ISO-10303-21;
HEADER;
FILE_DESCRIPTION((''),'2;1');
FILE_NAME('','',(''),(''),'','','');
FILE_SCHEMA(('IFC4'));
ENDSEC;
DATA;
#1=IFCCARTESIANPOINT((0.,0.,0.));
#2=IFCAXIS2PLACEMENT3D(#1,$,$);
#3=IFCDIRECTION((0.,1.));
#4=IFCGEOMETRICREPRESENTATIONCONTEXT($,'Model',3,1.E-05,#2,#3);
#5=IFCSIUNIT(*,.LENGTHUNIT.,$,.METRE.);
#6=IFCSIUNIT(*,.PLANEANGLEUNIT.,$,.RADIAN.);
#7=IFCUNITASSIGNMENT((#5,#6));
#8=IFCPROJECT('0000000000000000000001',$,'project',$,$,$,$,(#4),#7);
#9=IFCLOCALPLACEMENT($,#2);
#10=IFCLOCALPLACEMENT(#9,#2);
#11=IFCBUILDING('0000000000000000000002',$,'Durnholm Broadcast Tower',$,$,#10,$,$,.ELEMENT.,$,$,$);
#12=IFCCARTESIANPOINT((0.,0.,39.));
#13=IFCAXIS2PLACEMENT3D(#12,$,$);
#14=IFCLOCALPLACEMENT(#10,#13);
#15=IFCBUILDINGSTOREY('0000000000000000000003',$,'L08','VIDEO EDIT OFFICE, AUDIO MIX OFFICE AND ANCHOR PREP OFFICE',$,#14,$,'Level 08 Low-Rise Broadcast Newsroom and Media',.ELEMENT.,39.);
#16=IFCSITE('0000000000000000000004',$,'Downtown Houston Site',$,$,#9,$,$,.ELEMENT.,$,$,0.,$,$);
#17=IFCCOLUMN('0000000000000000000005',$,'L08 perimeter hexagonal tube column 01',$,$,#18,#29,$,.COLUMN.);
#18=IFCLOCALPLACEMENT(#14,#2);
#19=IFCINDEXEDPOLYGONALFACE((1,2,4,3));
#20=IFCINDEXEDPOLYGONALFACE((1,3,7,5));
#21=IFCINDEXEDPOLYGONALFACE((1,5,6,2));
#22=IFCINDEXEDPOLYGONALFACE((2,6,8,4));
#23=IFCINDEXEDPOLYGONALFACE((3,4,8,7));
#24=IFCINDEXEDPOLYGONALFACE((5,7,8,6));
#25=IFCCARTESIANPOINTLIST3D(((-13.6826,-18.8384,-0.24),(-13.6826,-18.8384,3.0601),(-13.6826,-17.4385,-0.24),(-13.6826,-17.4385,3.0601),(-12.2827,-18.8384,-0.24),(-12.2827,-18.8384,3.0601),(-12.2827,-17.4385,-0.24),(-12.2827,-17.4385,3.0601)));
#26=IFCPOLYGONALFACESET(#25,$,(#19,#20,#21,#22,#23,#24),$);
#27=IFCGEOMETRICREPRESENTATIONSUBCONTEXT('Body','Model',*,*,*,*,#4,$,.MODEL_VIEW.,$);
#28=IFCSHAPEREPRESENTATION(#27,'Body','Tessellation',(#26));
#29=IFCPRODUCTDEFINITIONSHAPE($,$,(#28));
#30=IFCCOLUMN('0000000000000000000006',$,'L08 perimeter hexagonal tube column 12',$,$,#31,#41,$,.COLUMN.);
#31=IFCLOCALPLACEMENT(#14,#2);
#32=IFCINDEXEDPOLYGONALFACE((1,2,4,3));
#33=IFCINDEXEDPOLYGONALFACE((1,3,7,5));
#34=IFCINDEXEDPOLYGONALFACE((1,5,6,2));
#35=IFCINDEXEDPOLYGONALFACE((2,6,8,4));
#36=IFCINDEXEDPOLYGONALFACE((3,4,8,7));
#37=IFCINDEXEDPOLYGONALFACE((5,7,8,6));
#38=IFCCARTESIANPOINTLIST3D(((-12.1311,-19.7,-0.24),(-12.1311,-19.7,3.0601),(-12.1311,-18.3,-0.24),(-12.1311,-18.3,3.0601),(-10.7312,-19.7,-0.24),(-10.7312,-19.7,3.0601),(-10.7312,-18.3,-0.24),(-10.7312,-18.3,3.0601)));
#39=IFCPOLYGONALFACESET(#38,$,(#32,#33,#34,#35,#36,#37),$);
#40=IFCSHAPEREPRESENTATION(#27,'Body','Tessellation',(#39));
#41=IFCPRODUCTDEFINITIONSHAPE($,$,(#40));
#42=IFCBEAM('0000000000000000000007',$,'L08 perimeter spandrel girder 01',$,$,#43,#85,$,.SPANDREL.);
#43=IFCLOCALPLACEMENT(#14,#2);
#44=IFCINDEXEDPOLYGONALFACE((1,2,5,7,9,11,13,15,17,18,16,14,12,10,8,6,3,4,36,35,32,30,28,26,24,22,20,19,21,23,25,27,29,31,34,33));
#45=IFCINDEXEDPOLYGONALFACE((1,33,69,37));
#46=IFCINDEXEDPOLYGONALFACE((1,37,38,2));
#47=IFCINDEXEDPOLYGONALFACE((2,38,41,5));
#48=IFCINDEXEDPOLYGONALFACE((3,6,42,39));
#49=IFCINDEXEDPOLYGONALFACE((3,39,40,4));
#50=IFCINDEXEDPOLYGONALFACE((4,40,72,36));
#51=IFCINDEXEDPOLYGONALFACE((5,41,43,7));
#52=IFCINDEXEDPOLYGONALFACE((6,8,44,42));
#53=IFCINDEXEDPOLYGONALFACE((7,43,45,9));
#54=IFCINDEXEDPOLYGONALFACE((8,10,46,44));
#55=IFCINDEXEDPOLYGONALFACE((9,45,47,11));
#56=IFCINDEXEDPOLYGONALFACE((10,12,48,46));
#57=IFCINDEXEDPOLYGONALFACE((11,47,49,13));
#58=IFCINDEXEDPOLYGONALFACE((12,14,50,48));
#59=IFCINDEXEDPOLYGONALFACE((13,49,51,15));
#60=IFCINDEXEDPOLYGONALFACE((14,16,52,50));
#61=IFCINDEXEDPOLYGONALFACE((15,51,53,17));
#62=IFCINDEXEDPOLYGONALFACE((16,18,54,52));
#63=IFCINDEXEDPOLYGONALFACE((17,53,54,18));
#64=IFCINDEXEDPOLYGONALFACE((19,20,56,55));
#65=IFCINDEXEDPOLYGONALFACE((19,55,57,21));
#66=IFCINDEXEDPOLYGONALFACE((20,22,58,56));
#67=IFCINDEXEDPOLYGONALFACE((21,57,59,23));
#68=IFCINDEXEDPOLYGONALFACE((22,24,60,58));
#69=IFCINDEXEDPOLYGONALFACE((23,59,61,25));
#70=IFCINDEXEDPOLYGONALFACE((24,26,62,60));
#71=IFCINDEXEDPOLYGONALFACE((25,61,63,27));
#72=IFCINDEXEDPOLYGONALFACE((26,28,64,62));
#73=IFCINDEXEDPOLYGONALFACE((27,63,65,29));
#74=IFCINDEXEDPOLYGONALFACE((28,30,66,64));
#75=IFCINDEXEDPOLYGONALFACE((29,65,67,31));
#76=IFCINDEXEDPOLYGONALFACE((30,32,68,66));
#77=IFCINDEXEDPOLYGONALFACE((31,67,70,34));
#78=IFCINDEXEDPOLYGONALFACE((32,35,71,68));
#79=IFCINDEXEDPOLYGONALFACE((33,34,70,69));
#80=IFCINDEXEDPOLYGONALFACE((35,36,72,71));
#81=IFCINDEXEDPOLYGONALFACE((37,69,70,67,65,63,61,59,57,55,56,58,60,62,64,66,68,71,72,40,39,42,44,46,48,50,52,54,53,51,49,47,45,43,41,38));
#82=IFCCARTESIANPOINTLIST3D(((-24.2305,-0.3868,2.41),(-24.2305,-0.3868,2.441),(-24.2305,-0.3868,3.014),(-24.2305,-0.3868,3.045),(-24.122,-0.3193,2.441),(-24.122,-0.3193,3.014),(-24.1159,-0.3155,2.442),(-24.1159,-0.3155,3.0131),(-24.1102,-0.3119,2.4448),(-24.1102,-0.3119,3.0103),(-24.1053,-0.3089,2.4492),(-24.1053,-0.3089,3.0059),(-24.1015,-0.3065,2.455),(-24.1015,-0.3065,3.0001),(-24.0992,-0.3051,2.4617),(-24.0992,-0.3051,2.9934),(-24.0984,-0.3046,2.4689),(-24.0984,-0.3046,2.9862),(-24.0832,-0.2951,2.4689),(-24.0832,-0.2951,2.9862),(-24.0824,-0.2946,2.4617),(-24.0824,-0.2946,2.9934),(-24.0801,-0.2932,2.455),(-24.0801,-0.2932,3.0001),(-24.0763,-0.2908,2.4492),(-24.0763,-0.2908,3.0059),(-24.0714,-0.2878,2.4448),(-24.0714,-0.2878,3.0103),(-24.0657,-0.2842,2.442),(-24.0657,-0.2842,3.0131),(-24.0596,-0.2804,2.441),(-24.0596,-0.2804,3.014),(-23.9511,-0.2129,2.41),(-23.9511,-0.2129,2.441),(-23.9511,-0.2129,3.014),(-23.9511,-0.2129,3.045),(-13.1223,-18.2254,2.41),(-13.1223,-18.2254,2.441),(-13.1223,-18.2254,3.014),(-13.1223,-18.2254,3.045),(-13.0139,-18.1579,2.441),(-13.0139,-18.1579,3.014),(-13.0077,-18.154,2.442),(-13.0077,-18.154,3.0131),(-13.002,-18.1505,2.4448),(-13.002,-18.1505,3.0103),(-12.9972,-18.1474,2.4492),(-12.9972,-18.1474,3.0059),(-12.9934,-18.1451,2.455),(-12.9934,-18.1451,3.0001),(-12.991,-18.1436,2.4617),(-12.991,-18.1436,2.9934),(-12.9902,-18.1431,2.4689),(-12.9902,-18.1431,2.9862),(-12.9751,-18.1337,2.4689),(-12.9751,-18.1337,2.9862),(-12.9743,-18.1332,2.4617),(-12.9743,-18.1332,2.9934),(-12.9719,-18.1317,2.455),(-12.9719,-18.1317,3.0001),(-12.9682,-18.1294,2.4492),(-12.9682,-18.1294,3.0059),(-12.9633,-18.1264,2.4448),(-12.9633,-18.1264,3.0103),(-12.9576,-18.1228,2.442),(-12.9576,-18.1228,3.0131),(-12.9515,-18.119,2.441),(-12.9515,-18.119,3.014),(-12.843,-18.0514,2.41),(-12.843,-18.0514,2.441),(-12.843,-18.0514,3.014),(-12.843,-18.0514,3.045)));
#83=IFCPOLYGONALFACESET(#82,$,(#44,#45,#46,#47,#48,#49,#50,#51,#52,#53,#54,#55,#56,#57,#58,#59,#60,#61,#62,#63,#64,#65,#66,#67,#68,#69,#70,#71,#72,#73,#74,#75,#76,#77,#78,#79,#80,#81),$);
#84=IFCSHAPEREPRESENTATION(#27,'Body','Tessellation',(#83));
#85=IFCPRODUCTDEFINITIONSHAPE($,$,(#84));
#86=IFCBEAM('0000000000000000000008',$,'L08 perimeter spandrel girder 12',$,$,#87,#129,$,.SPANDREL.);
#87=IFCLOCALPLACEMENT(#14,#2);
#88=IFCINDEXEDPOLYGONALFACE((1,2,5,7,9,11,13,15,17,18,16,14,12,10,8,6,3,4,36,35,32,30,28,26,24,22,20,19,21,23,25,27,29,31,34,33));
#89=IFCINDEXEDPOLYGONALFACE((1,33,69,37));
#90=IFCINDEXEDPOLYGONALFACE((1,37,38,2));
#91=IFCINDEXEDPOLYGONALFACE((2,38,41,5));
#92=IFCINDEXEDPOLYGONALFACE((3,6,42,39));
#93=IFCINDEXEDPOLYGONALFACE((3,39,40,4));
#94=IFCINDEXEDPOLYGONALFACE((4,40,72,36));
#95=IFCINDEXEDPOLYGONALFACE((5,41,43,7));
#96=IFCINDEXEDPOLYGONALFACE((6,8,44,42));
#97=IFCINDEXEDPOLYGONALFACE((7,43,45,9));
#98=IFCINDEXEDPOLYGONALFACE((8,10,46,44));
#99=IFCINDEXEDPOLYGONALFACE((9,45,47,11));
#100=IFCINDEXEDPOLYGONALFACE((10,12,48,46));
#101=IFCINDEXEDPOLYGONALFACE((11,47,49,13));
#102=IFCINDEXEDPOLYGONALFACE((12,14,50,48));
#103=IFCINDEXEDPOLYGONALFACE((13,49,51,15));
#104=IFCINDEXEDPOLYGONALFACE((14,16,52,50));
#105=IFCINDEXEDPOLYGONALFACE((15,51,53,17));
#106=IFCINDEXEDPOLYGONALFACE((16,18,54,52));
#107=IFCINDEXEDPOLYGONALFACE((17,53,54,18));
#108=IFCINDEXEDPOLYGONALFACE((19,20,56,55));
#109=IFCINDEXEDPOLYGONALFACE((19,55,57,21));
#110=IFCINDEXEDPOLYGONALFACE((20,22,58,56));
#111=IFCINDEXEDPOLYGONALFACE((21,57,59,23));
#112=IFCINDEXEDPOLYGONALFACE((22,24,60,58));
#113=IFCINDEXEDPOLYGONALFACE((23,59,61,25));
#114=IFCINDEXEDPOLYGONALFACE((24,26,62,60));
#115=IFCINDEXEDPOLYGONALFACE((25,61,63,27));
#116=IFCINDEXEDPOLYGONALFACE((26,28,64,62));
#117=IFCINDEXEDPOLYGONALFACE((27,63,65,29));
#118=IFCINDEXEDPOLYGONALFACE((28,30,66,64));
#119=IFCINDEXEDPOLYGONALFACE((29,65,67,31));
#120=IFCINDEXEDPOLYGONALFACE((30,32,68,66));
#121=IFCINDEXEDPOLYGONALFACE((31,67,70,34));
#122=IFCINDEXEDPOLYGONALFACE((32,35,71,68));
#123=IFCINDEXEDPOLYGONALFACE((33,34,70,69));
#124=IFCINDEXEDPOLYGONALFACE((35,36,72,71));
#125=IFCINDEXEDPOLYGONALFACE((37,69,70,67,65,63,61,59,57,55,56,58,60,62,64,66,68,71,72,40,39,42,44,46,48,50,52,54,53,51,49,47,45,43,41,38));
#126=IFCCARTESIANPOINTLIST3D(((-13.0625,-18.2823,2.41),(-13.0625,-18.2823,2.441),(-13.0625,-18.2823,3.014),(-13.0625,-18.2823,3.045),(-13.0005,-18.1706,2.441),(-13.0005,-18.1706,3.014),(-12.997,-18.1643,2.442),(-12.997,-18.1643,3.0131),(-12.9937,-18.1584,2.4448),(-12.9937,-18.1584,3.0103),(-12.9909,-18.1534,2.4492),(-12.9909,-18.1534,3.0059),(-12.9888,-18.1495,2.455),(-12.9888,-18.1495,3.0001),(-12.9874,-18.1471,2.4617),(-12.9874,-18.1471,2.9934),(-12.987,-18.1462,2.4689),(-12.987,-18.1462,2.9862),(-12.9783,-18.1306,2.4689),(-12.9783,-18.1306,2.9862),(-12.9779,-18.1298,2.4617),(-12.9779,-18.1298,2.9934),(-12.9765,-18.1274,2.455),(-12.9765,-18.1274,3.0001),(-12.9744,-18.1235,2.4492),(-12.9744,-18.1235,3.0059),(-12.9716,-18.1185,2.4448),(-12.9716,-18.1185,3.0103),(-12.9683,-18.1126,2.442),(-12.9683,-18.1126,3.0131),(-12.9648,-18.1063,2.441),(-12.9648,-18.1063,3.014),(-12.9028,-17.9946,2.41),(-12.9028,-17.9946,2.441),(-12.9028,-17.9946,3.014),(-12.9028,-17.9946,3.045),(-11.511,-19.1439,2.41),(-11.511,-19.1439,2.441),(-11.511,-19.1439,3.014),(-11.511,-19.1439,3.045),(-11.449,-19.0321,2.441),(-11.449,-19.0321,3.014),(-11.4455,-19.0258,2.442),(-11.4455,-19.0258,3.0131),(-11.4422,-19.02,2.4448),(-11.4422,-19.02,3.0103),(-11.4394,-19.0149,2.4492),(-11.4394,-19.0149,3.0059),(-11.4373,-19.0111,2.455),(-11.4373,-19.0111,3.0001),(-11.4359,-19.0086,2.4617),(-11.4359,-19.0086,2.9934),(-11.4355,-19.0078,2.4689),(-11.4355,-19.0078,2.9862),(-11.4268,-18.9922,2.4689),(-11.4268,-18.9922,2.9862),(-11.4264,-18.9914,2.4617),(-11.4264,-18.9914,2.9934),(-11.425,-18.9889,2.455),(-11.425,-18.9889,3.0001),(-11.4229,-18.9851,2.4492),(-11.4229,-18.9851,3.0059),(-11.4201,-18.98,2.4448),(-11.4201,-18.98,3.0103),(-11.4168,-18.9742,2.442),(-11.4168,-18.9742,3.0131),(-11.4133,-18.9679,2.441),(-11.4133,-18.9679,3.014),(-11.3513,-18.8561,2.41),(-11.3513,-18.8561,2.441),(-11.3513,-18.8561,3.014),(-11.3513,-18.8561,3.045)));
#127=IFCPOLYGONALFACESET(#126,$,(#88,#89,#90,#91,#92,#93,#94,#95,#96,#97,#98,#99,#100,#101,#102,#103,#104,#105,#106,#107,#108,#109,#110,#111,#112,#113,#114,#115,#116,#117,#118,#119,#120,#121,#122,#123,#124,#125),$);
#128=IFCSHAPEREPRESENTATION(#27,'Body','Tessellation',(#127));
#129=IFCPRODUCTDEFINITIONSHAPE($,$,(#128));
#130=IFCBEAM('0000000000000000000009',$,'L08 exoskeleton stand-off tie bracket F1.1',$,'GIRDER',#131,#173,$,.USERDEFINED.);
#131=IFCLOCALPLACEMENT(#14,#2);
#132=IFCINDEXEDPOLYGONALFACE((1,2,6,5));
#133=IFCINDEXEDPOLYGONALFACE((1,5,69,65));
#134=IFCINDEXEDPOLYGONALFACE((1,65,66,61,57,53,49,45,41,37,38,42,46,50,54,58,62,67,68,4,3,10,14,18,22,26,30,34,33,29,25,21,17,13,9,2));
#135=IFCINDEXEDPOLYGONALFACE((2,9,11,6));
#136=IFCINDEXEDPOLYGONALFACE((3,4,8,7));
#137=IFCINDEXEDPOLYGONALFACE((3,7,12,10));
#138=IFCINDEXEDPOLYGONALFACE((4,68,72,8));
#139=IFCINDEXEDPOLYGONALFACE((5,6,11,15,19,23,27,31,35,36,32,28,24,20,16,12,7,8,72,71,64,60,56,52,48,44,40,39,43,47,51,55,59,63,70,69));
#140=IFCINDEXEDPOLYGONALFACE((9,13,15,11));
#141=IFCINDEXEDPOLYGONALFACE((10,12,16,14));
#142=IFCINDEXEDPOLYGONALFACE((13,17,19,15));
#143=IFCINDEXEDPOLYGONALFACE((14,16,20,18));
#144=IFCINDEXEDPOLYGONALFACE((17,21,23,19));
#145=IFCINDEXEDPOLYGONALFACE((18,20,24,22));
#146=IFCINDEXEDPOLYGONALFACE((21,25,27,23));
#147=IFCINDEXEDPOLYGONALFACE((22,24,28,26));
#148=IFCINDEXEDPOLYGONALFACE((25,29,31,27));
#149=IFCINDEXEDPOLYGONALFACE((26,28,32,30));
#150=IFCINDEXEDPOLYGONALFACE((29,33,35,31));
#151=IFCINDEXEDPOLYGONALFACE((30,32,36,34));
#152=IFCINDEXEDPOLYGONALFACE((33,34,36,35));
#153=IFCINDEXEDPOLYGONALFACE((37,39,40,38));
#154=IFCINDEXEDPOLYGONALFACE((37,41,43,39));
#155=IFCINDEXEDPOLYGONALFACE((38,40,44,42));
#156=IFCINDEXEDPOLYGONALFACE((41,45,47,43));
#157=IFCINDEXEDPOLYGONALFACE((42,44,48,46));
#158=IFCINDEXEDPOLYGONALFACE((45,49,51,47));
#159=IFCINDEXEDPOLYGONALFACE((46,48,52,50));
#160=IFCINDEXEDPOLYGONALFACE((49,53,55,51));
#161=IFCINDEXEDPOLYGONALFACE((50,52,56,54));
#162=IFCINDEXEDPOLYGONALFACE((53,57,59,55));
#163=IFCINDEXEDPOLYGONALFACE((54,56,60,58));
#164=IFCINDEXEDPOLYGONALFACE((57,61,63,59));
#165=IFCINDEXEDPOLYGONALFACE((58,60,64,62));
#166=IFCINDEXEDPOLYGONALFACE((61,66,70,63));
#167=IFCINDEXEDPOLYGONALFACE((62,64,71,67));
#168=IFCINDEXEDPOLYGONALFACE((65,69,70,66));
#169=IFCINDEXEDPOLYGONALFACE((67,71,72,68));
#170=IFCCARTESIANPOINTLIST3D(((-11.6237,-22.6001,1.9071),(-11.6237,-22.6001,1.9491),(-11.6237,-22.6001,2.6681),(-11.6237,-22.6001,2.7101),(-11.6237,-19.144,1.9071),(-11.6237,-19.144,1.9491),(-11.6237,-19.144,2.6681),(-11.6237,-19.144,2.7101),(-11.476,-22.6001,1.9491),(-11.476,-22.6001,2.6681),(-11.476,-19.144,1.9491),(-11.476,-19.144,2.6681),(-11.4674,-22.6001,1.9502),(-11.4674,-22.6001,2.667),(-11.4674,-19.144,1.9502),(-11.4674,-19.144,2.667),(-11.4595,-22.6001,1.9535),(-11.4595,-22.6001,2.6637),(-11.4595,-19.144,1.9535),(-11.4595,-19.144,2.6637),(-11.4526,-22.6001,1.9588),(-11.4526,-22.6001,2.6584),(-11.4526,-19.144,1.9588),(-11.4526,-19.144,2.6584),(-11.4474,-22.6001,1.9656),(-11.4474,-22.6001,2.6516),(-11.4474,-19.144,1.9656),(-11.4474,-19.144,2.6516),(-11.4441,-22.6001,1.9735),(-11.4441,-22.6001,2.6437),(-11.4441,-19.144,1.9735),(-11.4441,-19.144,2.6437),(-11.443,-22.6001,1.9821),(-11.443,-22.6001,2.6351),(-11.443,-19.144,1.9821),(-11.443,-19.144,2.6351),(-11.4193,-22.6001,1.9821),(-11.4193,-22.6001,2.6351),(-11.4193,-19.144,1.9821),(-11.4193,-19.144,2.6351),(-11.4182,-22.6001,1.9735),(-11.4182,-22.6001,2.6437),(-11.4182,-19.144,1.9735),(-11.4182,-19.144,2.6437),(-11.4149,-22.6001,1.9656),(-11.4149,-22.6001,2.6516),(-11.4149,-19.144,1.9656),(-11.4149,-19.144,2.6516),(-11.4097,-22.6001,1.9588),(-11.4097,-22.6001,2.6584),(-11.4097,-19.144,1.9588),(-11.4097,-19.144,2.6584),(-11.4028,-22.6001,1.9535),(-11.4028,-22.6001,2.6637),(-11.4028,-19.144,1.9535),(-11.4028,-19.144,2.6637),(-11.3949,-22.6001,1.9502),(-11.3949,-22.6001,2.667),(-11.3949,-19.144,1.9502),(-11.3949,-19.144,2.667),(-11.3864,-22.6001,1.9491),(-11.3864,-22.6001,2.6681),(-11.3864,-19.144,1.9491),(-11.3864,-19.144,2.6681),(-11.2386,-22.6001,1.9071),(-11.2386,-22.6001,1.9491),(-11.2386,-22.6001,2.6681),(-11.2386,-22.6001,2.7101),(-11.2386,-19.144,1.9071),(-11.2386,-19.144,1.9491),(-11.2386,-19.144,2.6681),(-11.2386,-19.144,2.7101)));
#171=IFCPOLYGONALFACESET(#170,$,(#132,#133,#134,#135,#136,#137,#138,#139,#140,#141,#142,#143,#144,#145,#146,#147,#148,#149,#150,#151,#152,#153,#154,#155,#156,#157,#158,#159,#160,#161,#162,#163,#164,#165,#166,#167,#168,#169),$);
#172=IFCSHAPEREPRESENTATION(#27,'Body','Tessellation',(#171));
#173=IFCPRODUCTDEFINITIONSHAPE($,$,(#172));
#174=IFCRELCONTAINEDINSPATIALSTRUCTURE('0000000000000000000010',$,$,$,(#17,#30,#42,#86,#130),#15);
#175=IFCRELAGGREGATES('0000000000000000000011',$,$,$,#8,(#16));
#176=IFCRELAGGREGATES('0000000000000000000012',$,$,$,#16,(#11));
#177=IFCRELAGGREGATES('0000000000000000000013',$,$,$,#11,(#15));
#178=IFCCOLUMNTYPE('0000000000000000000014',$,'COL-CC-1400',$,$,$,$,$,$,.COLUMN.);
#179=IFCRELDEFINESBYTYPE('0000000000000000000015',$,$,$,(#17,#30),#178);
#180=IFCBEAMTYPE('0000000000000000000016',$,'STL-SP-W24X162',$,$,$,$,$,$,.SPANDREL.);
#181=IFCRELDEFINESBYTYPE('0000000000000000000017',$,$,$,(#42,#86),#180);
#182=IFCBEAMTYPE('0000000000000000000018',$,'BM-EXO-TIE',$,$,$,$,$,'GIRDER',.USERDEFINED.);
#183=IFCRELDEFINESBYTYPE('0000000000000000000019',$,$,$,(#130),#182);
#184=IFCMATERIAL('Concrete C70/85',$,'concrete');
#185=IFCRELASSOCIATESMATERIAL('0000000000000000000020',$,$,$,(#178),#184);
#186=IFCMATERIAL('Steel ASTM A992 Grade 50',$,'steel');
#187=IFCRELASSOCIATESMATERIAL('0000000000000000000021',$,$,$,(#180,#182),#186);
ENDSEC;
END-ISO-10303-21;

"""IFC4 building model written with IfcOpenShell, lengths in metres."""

from ifc_helpers import new_model, si_unit, direction, frame, origin, origin_2d, place, context, subcontext, project, spatial, rectangle, i_section, extrude, source, transform, mapped, material, material_profile, profile_set, type_object, type_shapes, element, save


model = new_model("IFC4")

# Units and contexts
model_context = context("Model", 3, precision=1e-05, world=origin(), true_north=direction((0.0, 1.0)))
body_context = subcontext(model_context, "Body", "Model", "MODEL_VIEW")
ifc_project = project(units=[si_unit("LENGTHUNIT", "METRE"), si_unit("PLANEANGLEUNIT", "RADIAN")], contexts=[model_context])

# Site, building, storey
site_placement = place(None, origin())
site = spatial("IfcSite", under=ifc_project, at=site_placement, Name="Downtown Houston Site", CompositionType="ELEMENT", RefElevation=0.0)
building_placement = place(site_placement, origin())
building = spatial("IfcBuilding", under=site, at=building_placement, Name="Durnholm Broadcast Tower", CompositionType="ELEMENT")
storey_placement = place(building_placement, frame((0.0, 0.0, 39.0)))
storey = spatial("IfcBuildingStorey", under=building, at=storey_placement, Name="L08", Description="VIDEO EDIT OFFICE, AUDIO MIX OFFICE AND ANCHOR PREP OFFICE", LongName="Level 08 Low-Rise Broadcast Newsroom and Media", CompositionType="ELEMENT", Elevation=39.0)

# Columns
ifc_material_1 = material(Name="Concrete C70/85", Category="concrete")
ifc_material_profile_1 = material_profile(ifc_material_1, rectangle(XDim=1.3999, YDim=1.3999, at=origin_2d()), Name="RC1400X1400")
ifc_profile_set_1 = profile_set([ifc_material_profile_1], Name="Concrete C70/85")
column_type = type_object("IfcColumnType", Name="COL-CC-1400", PredefinedType="COLUMN", material=ifc_profile_set_1)
shared_shape_1 = source(origin(), body_context, "Body", "SweptSolid", [
    extrude(rectangle(XDim=1.3999, YDim=1.3999, at=origin_2d()), origin(), (0.0, 0.0, 1.0), 3.3),
])
type_shapes(column_type, [shared_shape_1])
for number, where, z_axis, x_axis, name in (
    (1, (-12.9827, -18.1384, -0.24), (0.0, 0.0, 1.0), (1.0, 0.0, 0.0), "L08 perimeter hexagonal tube column 01"),
    (2, (-11.4312, -19.0, -0.24), (0.0, 0.0, 1.0), (1.0, 0.0, 0.0), "L08 perimeter hexagonal tube column 12"),
):
    element("IfcColumn", number, at=place(storey_placement, frame(where, z_axis=z_axis, x_axis=x_axis)), inside=storey, type_object=column_type, Name=name, PredefinedType="COLUMN", context=body_context, shape_type="MappedRepresentation", body=[
        mapped(shared_shape_1, transform((0.0, 0.0, 0.0), x_axis=(1.0, 0.0, 0.0), y_axis=(0.0, 1.0, 0.0), z_axis=(0.0, 0.0, 1.0), scale=1.0)),
    ])

# Beams
ifc_material_2 = material(Name="Steel ASTM A992 Grade 50", Category="steel")
ifc_material_profile_2 = material_profile(ifc_material_2, i_section(OverallWidth=0.3291, OverallDepth=0.635, WebThickness=0.0178, FlangeThickness=0.031, FilletRadius=0.0278, at=origin_2d()), Name="W24X162")
ifc_profile_set_2 = profile_set([ifc_material_profile_2], Name="Steel ASTM A992 Grade 50")
beam_type_1 = type_object("IfcBeamType", Name="STL-SP-W24X162", PredefinedType="SPANDREL", material=ifc_profile_set_2)
shared_shape_2 = source(origin(), body_context, "Body", "SweptSolid", [
    extrude(i_section(OverallWidth=0.3291, OverallDepth=0.635, WebThickness=0.0178, FlangeThickness=0.031, FilletRadius=0.0278, at=origin_2d()), origin(), (0.0, 0.0, 1.0), 21.0144),
])
beam_1_placement = place(storey_placement, frame((-12.9827, -18.1384, 2.7275), z_axis=(-0.528596, 0.848874, 0.0), x_axis=(-0.848874, -0.528596, 0.0)))
element("IfcBeam", 3, at=beam_1_placement, inside=storey, type_object=beam_type_1, Name="L08 perimeter spandrel girder 01", PredefinedType="SPANDREL", context=body_context, shape_type="MappedRepresentation", body=[
    mapped(shared_shape_2, transform((0.0, 0.0, 0.0), x_axis=(1.0, 0.0, 0.0), y_axis=(0.0, 1.0, 0.0), z_axis=(0.0, 0.0, 1.0), scale=1.0)),
])
shared_shape_3 = source(origin(), body_context, "Body", "SweptSolid", [
    extrude(i_section(OverallWidth=0.3291, OverallDepth=0.635, WebThickness=0.0178, FlangeThickness=0.031, FilletRadius=0.0278, at=origin_2d()), origin(), (0.0, 0.0, 1.0), 1.7747),
])
type_shapes(beam_type_1, [shared_shape_2, shared_shape_3])
beam_2_placement = place(storey_placement, frame((-11.4312, -19.0, 2.7275), z_axis=(-0.874248, 0.485479, 0.0), x_axis=(-0.485479, -0.874248, 0.0)))
element("IfcBeam", 4, at=beam_2_placement, inside=storey, type_object=beam_type_1, Name="L08 perimeter spandrel girder 12", PredefinedType="SPANDREL", context=body_context, shape_type="MappedRepresentation", body=[
    mapped(shared_shape_3, transform((0.0, 0.0, 0.0), x_axis=(1.0, 0.0, 0.0), y_axis=(0.0, 1.0, 0.0), z_axis=(0.0, 0.0, 1.0), scale=1.0)),
])
ifc_material_profile_3 = material_profile(ifc_material_2, i_section(OverallWidth=0.385, OverallDepth=0.803, WebThickness=0.0237, FlangeThickness=0.042, FilletRadius=0.033, at=origin_2d()), Name="W30X261")
ifc_profile_set_3 = profile_set([ifc_material_profile_3], Name="Steel ASTM A992 Grade 50")
beam_type_2 = type_object("IfcBeamType", Name="BM-EXO-TIE", ElementType="GIRDER", PredefinedType="USERDEFINED", material=ifc_profile_set_3)
shared_shape_4 = source(origin(), body_context, "Body", "SweptSolid", [
    extrude(i_section(OverallWidth=0.385, OverallDepth=0.803, WebThickness=0.0237, FlangeThickness=0.042, FilletRadius=0.033, at=origin_2d()), origin(), (0.0, 0.0, 1.0), 3.4561),
])
for number, where, z_axis, x_axis, name in (
    (5, (-11.4312, -19.144, 2.3086), (0.0, -1.0, 0.0), (1.0, 0.0, 0.0), "L08 exoskeleton stand-off tie bracket F1.1"),
):
    element("IfcBeam", number, at=place(storey_placement, frame(where, z_axis=z_axis, x_axis=x_axis)), inside=storey, type_object=beam_type_2, Name=name, ObjectType="GIRDER", PredefinedType="USERDEFINED", context=body_context, shape_type="MappedRepresentation", body=[
        mapped(shared_shape_4, transform((0.0, 0.0, 0.0), x_axis=(1.0, 0.0, 0.0), y_axis=(0.0, 1.0, 0.0), z_axis=(0.0, 0.0, 1.0), scale=1.0)),
    ])

save(model, "model.ifc")
